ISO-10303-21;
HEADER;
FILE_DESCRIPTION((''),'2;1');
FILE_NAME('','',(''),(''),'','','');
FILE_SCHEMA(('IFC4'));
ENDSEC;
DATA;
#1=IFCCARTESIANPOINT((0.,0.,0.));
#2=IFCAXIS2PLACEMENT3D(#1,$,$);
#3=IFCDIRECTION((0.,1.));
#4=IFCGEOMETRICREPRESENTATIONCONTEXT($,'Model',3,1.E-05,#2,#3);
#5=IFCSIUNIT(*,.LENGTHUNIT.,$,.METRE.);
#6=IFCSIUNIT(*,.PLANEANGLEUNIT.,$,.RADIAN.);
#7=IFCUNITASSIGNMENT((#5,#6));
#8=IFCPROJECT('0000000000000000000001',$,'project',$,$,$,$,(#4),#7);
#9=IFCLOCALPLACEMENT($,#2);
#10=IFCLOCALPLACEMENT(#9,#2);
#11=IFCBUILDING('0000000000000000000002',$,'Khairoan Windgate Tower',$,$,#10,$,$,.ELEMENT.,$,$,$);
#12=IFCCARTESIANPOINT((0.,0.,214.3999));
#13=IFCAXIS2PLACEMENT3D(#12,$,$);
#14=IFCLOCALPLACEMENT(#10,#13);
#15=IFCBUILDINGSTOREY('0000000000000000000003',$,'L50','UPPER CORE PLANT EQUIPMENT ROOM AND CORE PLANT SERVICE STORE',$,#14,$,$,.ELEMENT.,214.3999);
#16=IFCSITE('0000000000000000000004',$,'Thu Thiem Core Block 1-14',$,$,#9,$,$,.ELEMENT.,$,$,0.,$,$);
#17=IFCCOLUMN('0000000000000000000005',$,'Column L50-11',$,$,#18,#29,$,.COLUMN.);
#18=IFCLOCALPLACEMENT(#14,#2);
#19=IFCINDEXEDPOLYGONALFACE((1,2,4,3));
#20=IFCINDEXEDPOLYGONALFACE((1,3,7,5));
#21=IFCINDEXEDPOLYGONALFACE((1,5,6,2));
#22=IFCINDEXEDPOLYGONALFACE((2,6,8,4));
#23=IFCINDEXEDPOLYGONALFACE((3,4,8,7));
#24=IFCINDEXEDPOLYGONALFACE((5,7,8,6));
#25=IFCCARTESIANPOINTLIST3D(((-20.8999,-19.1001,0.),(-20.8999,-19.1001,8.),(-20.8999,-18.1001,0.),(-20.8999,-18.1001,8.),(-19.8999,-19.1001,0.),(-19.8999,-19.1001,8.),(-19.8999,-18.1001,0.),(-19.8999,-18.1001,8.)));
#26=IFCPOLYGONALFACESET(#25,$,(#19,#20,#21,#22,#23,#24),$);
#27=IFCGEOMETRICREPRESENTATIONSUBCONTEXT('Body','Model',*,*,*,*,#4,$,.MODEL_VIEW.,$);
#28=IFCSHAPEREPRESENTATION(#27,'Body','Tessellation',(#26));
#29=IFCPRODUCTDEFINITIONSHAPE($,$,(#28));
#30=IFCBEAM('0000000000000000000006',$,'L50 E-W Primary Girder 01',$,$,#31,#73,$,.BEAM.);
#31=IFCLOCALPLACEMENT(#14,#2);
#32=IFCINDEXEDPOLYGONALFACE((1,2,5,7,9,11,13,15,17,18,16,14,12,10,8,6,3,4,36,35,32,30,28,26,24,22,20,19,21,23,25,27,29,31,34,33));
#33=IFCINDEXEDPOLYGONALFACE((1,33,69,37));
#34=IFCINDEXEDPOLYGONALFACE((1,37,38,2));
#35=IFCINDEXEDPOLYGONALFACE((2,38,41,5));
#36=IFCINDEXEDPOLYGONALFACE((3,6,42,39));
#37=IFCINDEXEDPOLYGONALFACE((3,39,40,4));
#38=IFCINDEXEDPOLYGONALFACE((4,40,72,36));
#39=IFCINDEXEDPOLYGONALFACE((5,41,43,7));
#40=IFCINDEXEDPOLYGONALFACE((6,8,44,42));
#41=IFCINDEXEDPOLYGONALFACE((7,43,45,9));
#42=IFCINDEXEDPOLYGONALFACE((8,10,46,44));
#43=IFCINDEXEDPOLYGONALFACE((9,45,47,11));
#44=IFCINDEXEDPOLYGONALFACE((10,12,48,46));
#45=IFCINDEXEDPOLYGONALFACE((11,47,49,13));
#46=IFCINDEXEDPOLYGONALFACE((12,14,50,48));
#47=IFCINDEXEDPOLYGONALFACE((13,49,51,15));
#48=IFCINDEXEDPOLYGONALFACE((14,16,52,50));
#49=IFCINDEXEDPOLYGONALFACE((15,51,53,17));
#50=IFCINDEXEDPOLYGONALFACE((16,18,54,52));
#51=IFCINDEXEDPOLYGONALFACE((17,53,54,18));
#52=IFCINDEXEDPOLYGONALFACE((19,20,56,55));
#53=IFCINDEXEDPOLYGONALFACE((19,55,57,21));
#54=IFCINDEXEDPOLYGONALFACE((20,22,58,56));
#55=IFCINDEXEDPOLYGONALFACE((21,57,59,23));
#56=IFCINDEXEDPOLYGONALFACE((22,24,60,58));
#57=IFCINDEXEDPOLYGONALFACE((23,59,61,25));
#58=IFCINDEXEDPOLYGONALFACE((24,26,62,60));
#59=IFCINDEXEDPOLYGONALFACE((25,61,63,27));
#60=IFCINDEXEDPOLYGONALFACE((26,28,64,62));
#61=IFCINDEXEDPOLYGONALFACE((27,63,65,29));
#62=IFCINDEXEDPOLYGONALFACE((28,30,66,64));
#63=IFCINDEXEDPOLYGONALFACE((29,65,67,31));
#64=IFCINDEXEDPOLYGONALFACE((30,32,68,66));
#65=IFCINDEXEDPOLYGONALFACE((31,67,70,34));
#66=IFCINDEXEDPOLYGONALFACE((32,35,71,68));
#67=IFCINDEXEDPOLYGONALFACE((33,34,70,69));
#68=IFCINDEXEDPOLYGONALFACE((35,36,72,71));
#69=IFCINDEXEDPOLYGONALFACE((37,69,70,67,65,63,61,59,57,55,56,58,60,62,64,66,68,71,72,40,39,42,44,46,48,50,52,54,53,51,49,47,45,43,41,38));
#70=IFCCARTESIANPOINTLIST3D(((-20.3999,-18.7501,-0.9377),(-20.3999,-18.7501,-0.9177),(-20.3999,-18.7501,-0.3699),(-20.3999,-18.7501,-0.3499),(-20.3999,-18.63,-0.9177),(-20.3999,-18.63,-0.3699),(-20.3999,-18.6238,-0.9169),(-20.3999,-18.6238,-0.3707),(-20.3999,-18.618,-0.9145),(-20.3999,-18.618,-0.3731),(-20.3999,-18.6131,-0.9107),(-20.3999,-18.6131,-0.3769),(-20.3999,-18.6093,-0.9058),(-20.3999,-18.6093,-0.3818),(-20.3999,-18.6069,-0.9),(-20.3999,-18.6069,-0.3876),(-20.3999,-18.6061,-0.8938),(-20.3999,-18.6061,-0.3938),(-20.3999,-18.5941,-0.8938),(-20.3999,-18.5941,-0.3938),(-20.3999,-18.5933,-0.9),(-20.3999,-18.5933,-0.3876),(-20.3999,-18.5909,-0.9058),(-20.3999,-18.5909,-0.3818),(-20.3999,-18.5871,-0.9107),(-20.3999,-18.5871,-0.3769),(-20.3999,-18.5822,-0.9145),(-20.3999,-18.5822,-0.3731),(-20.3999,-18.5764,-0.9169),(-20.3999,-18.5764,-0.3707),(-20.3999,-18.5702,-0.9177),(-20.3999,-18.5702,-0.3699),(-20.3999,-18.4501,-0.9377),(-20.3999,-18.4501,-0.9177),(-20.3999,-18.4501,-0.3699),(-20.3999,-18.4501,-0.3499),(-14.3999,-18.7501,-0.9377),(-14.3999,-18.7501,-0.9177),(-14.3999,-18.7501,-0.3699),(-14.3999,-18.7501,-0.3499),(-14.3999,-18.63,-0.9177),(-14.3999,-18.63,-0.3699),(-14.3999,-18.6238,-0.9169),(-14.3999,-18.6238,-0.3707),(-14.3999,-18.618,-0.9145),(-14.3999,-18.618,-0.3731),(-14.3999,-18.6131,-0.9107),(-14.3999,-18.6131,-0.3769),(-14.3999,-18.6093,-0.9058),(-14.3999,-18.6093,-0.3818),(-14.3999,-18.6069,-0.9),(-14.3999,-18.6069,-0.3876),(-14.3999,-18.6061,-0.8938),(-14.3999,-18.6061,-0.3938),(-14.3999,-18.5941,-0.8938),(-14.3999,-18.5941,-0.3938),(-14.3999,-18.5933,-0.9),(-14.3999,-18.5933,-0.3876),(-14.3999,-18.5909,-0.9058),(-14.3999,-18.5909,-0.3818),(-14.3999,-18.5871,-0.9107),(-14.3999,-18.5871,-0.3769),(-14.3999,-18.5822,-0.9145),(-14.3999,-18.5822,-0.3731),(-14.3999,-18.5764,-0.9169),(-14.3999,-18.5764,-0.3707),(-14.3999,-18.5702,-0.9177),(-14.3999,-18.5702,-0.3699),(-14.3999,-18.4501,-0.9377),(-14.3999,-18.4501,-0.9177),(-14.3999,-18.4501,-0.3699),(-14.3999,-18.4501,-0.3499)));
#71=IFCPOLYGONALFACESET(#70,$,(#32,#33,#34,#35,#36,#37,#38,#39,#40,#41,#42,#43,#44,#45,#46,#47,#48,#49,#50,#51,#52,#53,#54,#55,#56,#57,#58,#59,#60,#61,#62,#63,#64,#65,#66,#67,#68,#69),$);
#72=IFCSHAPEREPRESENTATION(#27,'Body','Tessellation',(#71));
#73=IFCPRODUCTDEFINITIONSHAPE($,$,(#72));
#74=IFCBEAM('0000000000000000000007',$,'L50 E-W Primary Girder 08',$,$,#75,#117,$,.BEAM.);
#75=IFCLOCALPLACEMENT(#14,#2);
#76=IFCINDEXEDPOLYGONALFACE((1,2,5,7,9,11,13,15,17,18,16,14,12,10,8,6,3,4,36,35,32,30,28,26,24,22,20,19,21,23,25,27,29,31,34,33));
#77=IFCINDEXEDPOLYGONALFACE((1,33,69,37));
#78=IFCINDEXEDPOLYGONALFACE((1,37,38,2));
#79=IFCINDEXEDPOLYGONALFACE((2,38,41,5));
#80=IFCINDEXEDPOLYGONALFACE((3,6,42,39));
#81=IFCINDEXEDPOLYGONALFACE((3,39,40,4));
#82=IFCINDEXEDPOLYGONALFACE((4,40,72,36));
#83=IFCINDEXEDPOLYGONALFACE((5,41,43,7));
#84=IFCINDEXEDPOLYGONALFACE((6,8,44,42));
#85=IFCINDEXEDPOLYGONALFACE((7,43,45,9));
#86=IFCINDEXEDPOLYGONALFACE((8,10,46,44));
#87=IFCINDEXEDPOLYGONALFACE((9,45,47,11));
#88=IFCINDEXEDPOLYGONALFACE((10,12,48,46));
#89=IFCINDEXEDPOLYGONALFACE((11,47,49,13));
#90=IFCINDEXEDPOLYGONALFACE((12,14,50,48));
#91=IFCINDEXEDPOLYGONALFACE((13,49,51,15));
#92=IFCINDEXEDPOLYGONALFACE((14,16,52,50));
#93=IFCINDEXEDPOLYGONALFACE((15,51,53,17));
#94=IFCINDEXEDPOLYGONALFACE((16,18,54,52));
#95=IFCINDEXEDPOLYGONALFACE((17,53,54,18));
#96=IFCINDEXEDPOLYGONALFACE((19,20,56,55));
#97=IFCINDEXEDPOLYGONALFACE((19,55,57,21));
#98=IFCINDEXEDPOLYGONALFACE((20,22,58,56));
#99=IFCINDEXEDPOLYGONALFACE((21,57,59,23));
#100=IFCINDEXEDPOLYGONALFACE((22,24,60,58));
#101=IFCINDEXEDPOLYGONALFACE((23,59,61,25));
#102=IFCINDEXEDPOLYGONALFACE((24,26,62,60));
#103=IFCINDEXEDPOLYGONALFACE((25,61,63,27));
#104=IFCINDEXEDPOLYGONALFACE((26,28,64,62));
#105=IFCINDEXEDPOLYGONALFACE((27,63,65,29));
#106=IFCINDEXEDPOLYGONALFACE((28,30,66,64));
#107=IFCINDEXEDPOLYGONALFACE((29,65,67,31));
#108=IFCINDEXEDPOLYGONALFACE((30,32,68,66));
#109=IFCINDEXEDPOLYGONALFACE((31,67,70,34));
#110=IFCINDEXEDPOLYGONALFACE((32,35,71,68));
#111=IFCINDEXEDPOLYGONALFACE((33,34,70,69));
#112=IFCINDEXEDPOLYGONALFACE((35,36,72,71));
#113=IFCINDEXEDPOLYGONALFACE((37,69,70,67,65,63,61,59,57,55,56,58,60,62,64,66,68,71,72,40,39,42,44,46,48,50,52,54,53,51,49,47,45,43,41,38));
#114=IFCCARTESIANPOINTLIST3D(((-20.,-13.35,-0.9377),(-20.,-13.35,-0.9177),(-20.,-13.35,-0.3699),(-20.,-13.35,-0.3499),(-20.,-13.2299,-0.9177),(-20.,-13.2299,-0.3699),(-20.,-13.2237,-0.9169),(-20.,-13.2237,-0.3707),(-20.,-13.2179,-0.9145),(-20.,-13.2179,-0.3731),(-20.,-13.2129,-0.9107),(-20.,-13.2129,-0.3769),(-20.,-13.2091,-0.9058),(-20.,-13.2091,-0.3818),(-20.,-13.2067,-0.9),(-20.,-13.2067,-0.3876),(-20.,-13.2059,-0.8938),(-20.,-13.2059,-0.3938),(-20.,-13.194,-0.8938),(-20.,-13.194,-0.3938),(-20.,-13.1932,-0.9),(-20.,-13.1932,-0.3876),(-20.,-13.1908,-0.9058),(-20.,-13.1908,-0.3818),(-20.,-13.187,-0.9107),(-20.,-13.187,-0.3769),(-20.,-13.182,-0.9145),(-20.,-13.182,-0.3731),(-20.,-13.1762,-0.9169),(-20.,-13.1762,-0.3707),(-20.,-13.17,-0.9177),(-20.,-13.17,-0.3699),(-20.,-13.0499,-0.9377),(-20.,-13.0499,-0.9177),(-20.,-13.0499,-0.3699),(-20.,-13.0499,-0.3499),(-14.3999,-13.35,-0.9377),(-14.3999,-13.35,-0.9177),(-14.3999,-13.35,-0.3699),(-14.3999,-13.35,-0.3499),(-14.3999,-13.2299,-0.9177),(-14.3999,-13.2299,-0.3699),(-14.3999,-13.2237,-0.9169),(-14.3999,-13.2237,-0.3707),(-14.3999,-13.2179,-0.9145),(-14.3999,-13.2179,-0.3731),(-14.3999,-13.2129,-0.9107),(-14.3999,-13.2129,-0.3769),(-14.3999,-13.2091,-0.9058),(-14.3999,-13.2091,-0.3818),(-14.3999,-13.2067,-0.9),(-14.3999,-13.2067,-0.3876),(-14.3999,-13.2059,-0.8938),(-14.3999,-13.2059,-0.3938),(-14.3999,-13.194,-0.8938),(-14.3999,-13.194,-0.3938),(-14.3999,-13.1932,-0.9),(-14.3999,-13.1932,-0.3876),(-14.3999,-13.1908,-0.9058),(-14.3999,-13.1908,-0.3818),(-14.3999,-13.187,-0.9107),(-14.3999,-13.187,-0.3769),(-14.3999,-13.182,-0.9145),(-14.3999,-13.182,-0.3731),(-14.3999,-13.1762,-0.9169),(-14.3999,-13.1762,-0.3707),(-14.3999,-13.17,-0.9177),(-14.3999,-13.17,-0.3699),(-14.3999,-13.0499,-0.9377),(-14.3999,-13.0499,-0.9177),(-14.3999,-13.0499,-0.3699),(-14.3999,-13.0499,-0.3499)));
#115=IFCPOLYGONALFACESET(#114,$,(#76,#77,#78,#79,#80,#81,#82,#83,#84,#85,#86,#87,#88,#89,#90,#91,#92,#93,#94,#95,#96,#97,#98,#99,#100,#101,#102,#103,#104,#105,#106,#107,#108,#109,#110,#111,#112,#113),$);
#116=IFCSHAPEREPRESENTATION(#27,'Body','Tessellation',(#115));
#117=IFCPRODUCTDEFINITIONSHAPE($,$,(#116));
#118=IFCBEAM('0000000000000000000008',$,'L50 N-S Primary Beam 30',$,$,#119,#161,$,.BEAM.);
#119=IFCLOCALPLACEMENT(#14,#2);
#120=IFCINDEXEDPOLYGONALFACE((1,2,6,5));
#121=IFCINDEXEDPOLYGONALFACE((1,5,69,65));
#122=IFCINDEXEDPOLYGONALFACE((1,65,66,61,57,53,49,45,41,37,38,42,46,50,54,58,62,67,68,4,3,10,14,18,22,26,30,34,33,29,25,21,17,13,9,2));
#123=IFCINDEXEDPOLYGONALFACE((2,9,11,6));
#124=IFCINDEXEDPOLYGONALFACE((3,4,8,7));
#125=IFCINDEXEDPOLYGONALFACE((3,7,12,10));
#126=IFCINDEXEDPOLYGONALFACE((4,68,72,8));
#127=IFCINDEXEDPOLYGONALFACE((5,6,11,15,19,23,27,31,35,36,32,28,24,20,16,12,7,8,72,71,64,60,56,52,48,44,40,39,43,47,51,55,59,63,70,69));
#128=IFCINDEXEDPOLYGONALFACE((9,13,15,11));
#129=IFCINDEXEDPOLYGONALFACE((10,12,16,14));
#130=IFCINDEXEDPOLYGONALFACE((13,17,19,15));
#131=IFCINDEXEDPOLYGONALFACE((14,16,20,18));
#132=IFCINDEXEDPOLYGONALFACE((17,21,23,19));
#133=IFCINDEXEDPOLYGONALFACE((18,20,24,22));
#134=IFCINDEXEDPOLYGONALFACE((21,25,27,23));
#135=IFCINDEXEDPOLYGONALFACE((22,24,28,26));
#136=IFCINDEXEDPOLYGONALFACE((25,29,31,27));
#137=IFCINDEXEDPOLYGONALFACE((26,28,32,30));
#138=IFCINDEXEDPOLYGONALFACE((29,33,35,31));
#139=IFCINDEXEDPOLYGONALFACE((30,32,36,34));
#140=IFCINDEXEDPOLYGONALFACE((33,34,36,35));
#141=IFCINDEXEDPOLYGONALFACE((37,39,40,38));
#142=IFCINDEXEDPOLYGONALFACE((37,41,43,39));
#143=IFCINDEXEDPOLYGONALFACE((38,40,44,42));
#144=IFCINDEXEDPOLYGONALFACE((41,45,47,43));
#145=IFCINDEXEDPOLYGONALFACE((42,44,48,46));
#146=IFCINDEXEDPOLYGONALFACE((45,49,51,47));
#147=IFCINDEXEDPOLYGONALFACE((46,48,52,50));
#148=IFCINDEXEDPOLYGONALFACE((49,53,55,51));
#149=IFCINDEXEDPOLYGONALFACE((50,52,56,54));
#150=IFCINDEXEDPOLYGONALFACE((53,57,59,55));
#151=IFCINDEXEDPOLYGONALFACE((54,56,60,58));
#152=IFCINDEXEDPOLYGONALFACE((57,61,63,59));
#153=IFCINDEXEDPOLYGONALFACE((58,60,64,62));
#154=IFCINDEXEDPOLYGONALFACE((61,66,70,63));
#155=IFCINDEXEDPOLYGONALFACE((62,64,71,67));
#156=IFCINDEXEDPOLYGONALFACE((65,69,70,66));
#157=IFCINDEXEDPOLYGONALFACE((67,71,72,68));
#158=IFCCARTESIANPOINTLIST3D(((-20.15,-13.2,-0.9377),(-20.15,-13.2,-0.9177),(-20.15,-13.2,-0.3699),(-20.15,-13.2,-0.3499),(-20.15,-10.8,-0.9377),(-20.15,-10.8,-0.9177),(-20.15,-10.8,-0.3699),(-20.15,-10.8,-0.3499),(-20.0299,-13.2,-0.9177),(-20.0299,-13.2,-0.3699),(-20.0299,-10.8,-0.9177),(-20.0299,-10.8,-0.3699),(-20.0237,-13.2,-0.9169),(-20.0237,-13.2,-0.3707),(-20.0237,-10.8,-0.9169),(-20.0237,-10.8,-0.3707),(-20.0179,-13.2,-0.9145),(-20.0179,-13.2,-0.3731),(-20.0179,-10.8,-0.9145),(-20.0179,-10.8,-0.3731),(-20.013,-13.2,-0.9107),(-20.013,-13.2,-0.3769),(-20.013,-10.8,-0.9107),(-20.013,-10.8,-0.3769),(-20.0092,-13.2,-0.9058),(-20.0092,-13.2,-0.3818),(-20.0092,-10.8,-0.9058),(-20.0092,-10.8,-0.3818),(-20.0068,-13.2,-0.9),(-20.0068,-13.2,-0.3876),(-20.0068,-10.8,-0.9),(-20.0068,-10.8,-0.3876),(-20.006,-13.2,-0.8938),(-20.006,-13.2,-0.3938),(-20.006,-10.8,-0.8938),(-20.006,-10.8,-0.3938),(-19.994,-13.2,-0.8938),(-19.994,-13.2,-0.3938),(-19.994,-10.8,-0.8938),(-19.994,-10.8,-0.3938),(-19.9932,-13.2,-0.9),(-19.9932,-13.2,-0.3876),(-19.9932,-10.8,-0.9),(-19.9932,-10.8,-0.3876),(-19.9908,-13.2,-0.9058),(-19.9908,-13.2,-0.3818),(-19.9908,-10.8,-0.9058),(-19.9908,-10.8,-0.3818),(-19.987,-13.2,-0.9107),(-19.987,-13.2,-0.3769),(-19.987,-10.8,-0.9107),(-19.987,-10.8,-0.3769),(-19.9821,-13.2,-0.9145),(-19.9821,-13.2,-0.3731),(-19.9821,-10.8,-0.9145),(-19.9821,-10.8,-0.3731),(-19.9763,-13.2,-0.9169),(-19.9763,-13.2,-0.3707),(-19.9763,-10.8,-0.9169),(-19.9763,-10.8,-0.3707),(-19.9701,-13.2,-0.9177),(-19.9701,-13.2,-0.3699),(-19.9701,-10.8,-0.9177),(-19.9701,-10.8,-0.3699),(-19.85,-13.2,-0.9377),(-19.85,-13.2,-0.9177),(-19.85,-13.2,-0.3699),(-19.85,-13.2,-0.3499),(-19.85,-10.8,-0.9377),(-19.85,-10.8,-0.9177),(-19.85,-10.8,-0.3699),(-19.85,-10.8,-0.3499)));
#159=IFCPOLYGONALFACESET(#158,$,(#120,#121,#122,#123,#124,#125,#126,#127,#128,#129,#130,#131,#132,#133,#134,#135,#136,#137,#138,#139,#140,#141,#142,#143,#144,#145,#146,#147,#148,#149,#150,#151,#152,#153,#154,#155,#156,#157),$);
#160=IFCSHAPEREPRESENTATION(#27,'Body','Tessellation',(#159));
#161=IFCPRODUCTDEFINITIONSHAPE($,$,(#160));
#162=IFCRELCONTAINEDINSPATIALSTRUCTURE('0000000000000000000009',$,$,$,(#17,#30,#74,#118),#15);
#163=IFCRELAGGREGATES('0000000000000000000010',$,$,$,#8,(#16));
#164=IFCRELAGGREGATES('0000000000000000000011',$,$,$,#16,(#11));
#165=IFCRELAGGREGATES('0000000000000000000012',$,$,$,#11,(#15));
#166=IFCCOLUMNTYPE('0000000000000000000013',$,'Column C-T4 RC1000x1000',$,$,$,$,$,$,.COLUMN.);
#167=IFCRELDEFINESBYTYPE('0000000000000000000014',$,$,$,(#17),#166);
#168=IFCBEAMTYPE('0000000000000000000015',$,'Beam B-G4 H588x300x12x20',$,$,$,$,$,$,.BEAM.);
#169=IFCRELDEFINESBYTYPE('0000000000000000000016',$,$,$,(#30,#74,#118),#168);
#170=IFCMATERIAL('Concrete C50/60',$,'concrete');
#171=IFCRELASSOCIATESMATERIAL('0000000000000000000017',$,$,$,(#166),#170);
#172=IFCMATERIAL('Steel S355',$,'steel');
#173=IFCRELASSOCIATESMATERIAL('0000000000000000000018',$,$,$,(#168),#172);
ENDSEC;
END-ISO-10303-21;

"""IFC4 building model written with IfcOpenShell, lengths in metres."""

from ifc_helpers import new_model, si_unit, direction, frame, origin, origin_2d, place, context, subcontext, project, spatial, rectangle, i_section, extrude, material, material_profile, profile_set, type_object, element, save


model = new_model("IFC4")

# Units and contexts
model_context = context("Model", 3, precision=1e-05, world=origin(), true_north=direction((0.0, 1.0)))
body_context = subcontext(model_context, "Body", "Model", "MODEL_VIEW")
ifc_project = project(units=[si_unit("LENGTHUNIT", "METRE"), si_unit("PLANEANGLEUNIT", "RADIAN")], contexts=[model_context])

# Site, building, storey
site_placement = place(None, origin())
site = spatial("IfcSite", under=ifc_project, at=site_placement, Name="Thu Thiem Core Block 1-14", CompositionType="ELEMENT", RefElevation=0.0)
building_placement = place(site_placement, origin())
building = spatial("IfcBuilding", under=site, at=building_placement, Name="Khairoan Windgate Tower", CompositionType="ELEMENT")
storey_placement = place(building_placement, frame((0.0, 0.0, 214.3999)))
storey = spatial("IfcBuildingStorey", under=building, at=storey_placement, Name="L50", Description="UPPER CORE PLANT EQUIPMENT ROOM AND CORE PLANT SERVICE STORE", CompositionType="ELEMENT", Elevation=214.3999)

# Column
ifc_material_1 = material(Name="Concrete C50/60", Category="concrete")
ifc_material_profile_1 = material_profile(ifc_material_1, rectangle(XDim=1.0, YDim=1.0, at=origin_2d()))
ifc_profile_set_1 = profile_set([ifc_material_profile_1], Name="Concrete C50/60")
column_type = type_object("IfcColumnType", Name="Column C-T4 RC1000x1000", PredefinedType="COLUMN", material=ifc_profile_set_1)
column_placement = place(storey_placement, frame((-20.3999, -18.6001, 0.0), z_axis=(0.0, 0.0, 1.0), x_axis=(1.0, 0.0, 0.0)))
element("IfcColumn", 1, at=column_placement, inside=storey, type_object=column_type, Name="Column L50-11", PredefinedType="COLUMN", context=body_context, shape_type="SweptSolid", body=[
    extrude(rectangle(XDim=1.0, YDim=1.0, at=origin_2d()), origin(), (0.0, 0.0, 1.0), 8.0),
])

# Beams
ifc_material_2 = material(Name="Steel S355", Category="steel")
ifc_material_profile_2 = material_profile(ifc_material_2, i_section(OverallWidth=0.3, OverallDepth=0.5879, WebThickness=0.012, FlangeThickness=0.02, FilletRadius=0.0239, at=origin_2d()))
ifc_profile_set_2 = profile_set([ifc_material_profile_2], Name="Steel S355")
beam_type_1 = type_object("IfcBeamType", Name="Beam B-G4 H588x300x12x20", PredefinedType="BEAM", material=ifc_profile_set_2)
beam_1_placement = place(storey_placement, frame((-20.3999, -18.6001, -0.6438), z_axis=(1.0, 0.0, 0.0), x_axis=(0.0, 1.0, 0.0)))
element("IfcBeam", 2, at=beam_1_placement, inside=storey, type_object=beam_type_1, Name="L50 E-W Primary Girder 01", PredefinedType="BEAM", context=body_context, shape_type="SweptSolid", body=[
    extrude(i_section(OverallWidth=0.3, OverallDepth=0.5879, WebThickness=0.012, FlangeThickness=0.02, FilletRadius=0.0239, at=origin_2d()), origin(), (0.0, 0.0, 1.0), 6.0),
])
beam_2_placement = place(storey_placement, frame((-20.0, -13.2, -0.6438), z_axis=(1.0, 0.0, 0.0), x_axis=(0.0, 1.0, 0.0)))
element("IfcBeam", 3, at=beam_2_placement, inside=storey, type_object=beam_type_1, Name="L50 E-W Primary Girder 08", PredefinedType="BEAM", context=body_context, shape_type="SweptSolid", body=[
    extrude(i_section(OverallWidth=0.3, OverallDepth=0.5879, WebThickness=0.012, FlangeThickness=0.02, FilletRadius=0.0239, at=origin_2d()), origin(), (0.0, 0.0, 1.0), 5.6001),
])
beam_3_placement = place(storey_placement, frame((-20.0, -13.2, -0.6438), z_axis=(0.0, 1.0, 0.0), x_axis=(-1.0, 0.0, 0.0)))
element("IfcBeam", 4, at=beam_3_placement, inside=storey, type_object=beam_type_1, Name="L50 N-S Primary Beam 30", PredefinedType="BEAM", context=body_context, shape_type="SweptSolid", body=[
    extrude(i_section(OverallWidth=0.3, OverallDepth=0.5879, WebThickness=0.012, FlangeThickness=0.02, FilletRadius=0.0239, at=origin_2d()), origin(), (0.0, 0.0, 1.0), 2.3999),
])

save(model, "model.ifc")
